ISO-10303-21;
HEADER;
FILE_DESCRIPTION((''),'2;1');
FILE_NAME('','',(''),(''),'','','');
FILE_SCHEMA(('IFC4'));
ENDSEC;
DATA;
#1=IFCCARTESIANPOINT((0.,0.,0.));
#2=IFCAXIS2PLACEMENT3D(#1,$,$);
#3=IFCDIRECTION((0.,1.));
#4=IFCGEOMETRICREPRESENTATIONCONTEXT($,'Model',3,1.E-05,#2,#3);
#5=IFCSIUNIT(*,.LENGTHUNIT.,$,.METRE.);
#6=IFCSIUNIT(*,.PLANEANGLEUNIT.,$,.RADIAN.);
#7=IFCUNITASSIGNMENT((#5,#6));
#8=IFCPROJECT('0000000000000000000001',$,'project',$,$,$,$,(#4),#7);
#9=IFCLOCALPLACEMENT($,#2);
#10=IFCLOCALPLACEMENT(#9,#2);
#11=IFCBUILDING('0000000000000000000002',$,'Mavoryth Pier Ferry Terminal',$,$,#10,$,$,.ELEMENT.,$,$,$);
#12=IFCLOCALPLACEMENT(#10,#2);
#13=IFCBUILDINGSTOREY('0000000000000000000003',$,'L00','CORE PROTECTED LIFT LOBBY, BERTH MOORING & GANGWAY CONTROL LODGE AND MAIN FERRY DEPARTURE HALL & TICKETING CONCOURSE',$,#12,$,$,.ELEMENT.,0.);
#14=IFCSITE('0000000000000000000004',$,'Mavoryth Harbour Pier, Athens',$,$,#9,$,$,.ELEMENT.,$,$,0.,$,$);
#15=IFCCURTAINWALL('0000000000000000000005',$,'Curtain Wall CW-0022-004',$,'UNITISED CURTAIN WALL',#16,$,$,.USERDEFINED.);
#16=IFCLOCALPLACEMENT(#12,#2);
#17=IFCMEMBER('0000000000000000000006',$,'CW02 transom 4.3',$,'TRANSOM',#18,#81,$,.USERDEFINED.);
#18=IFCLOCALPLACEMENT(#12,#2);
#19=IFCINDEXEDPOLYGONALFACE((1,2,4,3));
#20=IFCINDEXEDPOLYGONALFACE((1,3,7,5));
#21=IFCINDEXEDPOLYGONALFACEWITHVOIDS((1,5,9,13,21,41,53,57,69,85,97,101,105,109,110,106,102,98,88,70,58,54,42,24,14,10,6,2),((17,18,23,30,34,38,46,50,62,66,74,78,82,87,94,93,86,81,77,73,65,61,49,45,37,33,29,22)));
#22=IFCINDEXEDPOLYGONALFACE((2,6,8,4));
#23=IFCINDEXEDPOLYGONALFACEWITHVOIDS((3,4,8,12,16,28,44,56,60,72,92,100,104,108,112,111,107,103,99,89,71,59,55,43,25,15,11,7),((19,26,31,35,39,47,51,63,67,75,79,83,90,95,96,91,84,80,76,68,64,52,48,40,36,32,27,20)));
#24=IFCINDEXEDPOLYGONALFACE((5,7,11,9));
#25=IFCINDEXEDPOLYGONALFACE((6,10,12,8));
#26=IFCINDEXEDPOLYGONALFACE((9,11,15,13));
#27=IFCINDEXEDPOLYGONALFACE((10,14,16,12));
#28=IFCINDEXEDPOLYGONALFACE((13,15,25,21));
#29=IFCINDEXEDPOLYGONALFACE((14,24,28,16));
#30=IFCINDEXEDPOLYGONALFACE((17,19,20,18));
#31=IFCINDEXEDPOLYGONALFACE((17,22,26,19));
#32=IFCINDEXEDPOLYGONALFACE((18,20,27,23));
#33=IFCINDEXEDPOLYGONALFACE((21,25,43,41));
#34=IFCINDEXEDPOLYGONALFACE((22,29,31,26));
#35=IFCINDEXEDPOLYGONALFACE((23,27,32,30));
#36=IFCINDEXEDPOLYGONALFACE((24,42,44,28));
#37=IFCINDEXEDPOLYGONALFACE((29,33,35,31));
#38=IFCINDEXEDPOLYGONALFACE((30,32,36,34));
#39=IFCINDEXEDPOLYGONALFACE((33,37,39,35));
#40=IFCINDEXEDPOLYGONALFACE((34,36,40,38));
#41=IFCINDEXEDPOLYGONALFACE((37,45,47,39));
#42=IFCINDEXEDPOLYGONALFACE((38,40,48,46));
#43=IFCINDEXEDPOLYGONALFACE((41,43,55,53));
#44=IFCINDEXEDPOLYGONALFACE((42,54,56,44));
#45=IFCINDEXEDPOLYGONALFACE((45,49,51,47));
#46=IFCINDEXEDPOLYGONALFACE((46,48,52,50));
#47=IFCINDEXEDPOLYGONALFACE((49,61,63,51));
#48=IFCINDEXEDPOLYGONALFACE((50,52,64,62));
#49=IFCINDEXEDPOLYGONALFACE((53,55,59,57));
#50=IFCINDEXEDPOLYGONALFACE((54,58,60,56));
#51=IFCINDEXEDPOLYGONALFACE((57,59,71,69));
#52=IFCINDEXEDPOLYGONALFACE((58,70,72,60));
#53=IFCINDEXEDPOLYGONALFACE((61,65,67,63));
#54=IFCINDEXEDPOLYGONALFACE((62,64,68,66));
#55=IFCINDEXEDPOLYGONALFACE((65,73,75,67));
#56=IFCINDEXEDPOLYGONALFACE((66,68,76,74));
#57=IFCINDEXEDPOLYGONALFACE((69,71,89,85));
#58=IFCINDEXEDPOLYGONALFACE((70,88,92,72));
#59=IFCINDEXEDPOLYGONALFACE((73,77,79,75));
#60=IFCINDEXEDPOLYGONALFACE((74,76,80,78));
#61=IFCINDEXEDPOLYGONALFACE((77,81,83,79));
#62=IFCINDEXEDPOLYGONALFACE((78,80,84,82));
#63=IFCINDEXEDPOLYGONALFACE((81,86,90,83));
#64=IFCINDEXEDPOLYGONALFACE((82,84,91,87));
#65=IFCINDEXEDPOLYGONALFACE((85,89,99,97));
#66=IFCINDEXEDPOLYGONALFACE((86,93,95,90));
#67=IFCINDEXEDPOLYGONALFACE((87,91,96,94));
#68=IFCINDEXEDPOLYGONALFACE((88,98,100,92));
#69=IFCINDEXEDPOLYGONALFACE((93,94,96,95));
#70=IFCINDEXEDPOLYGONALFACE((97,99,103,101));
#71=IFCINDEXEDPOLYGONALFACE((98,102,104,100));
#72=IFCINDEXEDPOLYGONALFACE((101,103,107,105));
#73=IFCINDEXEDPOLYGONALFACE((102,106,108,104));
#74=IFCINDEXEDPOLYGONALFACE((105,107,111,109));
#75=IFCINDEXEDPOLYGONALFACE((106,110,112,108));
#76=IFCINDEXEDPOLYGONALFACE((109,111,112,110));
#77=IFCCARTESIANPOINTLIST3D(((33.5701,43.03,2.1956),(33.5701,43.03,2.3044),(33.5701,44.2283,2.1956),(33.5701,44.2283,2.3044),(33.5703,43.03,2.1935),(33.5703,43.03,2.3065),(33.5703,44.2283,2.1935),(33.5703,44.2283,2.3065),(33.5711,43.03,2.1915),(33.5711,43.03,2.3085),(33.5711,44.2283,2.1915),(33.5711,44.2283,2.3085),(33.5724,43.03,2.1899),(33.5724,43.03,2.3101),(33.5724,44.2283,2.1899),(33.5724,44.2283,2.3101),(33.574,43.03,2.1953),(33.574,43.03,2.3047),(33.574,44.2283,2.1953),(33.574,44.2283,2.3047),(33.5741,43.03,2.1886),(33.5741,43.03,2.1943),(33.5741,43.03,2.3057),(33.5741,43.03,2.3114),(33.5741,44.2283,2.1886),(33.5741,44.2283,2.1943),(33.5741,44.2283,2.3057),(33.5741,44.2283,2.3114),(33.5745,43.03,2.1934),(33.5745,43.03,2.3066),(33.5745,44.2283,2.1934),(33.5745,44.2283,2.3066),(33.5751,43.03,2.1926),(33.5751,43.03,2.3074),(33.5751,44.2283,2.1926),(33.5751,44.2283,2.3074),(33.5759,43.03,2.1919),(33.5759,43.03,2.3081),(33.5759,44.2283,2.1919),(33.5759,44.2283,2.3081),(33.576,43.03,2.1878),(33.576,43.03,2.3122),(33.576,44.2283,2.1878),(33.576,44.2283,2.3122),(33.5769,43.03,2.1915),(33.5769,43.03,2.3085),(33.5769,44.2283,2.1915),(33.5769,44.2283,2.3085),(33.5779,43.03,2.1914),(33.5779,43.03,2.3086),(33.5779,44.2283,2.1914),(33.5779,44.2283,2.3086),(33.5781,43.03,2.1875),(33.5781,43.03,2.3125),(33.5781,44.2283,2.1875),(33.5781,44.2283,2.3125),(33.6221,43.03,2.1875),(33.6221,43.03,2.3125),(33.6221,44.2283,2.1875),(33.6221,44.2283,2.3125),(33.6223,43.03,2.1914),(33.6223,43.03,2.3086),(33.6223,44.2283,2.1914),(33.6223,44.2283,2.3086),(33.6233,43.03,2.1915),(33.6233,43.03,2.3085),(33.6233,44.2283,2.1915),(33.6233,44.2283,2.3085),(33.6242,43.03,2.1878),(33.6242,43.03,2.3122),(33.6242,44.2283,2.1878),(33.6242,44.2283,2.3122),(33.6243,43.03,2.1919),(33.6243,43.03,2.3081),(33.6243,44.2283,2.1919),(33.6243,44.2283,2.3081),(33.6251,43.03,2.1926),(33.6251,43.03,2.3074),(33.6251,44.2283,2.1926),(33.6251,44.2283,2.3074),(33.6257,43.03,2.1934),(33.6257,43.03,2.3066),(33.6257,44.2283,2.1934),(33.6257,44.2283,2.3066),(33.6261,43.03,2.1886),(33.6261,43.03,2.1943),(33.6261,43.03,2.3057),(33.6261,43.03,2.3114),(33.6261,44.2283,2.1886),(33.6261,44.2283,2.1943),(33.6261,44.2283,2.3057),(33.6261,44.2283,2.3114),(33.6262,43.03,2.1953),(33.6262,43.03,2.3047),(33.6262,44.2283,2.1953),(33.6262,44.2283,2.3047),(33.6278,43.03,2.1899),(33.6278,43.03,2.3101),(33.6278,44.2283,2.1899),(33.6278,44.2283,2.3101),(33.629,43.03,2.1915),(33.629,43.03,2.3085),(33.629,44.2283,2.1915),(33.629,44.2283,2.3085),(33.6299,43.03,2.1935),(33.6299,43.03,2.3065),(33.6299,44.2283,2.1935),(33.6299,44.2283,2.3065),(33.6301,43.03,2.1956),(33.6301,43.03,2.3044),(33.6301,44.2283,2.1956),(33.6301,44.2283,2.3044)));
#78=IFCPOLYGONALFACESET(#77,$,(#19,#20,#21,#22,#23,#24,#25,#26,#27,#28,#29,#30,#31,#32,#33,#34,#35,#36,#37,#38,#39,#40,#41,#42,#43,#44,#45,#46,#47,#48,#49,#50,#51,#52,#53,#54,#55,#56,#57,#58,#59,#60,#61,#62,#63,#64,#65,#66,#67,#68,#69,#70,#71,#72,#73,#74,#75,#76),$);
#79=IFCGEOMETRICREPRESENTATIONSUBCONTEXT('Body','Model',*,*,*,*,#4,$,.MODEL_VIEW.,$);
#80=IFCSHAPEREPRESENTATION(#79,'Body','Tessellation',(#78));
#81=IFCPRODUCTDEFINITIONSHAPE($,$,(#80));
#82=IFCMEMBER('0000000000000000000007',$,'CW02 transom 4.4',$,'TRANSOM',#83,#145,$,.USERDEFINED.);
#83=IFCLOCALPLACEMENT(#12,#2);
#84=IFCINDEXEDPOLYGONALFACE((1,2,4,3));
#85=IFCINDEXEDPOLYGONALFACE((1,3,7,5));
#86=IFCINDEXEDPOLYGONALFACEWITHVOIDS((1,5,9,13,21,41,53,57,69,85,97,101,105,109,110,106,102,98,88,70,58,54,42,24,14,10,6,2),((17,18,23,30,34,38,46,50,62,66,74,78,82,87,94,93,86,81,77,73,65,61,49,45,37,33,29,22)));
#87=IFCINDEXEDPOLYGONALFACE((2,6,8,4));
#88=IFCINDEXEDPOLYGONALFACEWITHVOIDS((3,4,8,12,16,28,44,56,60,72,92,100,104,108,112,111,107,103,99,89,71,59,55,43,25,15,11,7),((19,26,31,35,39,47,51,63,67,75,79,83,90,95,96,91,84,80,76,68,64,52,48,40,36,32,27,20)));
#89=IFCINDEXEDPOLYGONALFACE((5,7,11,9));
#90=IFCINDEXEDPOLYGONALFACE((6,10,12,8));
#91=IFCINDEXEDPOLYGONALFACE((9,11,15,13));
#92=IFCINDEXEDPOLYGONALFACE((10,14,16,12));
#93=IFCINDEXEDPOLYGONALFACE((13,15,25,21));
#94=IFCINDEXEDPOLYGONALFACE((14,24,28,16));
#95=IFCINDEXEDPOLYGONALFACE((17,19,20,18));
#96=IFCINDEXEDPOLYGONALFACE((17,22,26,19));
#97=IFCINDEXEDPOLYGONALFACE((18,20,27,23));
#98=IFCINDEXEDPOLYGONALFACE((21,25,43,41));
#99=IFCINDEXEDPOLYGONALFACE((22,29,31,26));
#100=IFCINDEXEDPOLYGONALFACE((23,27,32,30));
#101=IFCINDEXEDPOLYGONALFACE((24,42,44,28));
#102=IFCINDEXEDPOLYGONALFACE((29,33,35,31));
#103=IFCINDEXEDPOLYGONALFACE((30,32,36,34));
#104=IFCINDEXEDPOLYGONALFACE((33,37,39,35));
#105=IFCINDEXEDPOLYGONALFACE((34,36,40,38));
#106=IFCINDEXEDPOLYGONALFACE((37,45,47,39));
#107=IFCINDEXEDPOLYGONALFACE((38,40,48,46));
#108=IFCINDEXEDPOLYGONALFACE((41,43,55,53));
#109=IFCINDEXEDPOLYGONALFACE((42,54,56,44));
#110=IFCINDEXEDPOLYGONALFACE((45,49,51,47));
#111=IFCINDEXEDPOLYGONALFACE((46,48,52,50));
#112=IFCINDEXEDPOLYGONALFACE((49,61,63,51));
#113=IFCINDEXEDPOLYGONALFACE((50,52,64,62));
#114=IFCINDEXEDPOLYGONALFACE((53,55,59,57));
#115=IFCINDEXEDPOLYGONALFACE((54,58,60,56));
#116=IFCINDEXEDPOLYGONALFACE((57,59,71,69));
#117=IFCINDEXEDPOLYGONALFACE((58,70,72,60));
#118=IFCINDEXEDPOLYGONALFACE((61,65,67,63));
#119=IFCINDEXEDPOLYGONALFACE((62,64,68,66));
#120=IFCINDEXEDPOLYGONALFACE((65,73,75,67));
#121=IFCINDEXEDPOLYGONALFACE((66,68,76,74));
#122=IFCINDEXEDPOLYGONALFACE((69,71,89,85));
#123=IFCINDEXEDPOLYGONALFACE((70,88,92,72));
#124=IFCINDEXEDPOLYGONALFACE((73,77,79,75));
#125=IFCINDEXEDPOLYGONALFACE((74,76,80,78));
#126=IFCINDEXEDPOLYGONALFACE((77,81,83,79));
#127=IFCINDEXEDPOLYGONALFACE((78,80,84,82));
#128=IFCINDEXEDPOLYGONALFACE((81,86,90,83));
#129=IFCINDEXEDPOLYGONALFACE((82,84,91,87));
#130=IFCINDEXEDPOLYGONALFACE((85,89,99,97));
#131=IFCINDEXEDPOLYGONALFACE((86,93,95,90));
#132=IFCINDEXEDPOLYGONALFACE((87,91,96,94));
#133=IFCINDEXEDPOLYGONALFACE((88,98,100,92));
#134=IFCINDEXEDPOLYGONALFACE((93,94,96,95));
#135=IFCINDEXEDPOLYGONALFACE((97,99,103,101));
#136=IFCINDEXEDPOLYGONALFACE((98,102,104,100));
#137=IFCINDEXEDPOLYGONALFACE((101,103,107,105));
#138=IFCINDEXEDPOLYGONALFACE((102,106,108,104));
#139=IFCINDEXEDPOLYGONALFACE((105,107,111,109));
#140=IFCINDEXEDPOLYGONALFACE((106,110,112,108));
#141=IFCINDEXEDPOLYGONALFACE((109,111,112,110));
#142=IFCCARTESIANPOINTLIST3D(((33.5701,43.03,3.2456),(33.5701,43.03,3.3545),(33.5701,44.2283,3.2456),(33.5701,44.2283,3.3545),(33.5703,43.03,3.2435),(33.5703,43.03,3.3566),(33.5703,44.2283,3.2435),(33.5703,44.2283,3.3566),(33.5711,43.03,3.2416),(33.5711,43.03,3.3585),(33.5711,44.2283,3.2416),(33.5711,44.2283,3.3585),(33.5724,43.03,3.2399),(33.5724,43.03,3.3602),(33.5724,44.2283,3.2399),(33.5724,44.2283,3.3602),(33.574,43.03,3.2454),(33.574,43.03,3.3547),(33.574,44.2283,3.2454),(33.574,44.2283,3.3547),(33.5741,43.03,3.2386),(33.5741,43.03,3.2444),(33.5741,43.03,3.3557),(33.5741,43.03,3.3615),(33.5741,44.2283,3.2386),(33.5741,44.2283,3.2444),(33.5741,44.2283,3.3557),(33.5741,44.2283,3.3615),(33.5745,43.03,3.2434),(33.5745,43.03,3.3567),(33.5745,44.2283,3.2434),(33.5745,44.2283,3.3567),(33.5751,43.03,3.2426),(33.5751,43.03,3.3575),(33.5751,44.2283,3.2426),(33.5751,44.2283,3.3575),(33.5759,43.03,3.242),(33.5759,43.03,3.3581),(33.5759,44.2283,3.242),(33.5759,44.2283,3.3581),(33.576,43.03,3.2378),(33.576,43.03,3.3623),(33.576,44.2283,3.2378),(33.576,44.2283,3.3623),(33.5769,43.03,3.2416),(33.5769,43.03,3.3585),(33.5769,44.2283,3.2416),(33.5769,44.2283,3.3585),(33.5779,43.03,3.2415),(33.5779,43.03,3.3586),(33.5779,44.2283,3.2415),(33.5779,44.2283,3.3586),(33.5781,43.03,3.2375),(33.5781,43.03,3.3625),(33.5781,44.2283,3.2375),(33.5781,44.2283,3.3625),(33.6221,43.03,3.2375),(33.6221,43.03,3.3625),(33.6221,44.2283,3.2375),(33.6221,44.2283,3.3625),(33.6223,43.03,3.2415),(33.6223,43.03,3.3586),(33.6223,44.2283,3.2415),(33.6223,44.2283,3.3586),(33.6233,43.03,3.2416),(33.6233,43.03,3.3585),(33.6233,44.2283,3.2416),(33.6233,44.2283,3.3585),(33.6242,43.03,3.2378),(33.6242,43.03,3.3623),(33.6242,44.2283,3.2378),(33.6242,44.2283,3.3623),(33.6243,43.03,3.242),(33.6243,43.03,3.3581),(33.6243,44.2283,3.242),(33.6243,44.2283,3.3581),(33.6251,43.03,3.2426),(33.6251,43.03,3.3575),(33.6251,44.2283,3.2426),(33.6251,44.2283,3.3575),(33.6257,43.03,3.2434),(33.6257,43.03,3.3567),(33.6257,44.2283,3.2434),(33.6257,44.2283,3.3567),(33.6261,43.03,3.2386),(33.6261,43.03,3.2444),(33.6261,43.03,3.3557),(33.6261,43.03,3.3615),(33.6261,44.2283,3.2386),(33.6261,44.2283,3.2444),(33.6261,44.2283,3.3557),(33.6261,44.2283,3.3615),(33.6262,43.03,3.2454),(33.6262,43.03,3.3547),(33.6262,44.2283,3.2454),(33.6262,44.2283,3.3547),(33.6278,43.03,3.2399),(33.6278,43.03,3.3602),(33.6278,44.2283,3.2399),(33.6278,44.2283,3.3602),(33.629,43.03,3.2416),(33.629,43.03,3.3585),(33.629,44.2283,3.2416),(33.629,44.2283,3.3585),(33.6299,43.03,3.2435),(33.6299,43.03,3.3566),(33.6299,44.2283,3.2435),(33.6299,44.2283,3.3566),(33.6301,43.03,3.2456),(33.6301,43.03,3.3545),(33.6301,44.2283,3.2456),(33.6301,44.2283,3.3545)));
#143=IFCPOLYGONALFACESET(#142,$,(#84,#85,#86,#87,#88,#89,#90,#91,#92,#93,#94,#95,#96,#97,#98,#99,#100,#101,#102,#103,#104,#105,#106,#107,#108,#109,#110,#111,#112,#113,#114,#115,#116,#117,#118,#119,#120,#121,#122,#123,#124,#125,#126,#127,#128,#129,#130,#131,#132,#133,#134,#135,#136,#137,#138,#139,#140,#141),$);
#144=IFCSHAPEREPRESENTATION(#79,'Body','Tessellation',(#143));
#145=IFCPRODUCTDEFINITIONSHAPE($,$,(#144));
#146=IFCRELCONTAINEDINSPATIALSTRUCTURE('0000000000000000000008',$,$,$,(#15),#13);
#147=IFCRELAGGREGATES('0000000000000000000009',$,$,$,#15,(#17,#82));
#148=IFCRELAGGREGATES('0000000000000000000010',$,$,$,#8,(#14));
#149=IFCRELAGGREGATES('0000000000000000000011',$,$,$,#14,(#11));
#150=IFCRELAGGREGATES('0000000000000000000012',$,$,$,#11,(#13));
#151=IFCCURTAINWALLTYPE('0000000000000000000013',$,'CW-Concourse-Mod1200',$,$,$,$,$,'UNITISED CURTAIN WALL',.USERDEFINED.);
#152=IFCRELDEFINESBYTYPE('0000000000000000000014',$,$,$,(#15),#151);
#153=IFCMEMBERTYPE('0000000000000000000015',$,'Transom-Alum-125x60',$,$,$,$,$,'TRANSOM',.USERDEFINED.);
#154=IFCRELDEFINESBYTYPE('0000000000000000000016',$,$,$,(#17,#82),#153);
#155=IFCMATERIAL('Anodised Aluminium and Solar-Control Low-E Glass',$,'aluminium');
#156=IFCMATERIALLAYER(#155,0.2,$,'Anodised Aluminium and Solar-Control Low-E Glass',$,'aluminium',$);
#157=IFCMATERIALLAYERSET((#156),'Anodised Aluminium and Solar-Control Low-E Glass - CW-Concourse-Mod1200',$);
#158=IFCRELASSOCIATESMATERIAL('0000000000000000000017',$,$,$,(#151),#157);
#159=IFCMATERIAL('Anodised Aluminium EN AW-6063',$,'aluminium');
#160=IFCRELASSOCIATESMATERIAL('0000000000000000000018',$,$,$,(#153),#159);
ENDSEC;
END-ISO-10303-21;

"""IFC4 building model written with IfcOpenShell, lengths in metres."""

from ifc_helpers import new_model, si_unit, direction, frame, origin, origin_2d, place, context, subcontext, project, spatial, hollow_rectangle, extrude, material, layer, layer_set, material_profile, profile_set, type_object, element, aggregate, save


model = new_model("IFC4")

# Units and contexts
model_context = context("Model", 3, precision=1e-05, world=origin(), true_north=direction((0.0, 1.0)))
body_context = subcontext(model_context, "Body", "Model", "MODEL_VIEW")
ifc_project = project(units=[si_unit("LENGTHUNIT", "METRE"), si_unit("PLANEANGLEUNIT", "RADIAN")], contexts=[model_context])

# Site, building, storey
site_placement = place(None, origin())
site = spatial("IfcSite", under=ifc_project, at=site_placement, Name="Mavoryth Harbour Pier, Athens", CompositionType="ELEMENT", RefElevation=0.0)
building_placement = place(site_placement, origin())
building = spatial("IfcBuilding", under=site, at=building_placement, Name="Mavoryth Pier Ferry Terminal", CompositionType="ELEMENT")
storey_placement = place(building_placement, origin())
storey = spatial("IfcBuildingStorey", under=building, at=storey_placement, Name="L00", Description="CORE PROTECTED LIFT LOBBY, BERTH MOORING & GANGWAY CONTROL LODGE AND MAIN FERRY DEPARTURE HALL & TICKETING CONCOURSE", CompositionType="ELEMENT", Elevation=0.0)

# Curtain wall, members
ifc_material_1 = material(Name="Anodised Aluminium and Solar-Control Low-E Glass", Category="aluminium")
ifc_layer_1 = layer(ifc_material_1, 0.2, Name="Anodised Aluminium and Solar-Control Low-E Glass", Category="aluminium")
ifc_layer_set_1 = layer_set([ifc_layer_1], Name="Anodised Aluminium and Solar-Control Low-E Glass - CW-Concourse-Mod1200")
curtain_wall_type = type_object("IfcCurtainWallType", Name="CW-Concourse-Mod1200", ElementType="UNITISED CURTAIN WALL", PredefinedType="USERDEFINED", material=ifc_layer_set_1)
curtain_wall_placement = place(storey_placement, origin())
curtain_wall = element("IfcCurtainWall", 1, at=curtain_wall_placement, inside=storey, type_object=curtain_wall_type, Name="Curtain Wall CW-0022-004", ObjectType="UNITISED CURTAIN WALL", PredefinedType="USERDEFINED")
ifc_material_2 = material(Name="Anodised Aluminium EN AW-6063", Category="aluminium")
ifc_material_profile_1 = material_profile(ifc_material_2, hollow_rectangle(XDim=0.0601, YDim=0.125, WallThickness=0.0039, InnerFilletRadius=0.0039, OuterFilletRadius=0.0081, at=origin_2d()), Name="AL-TRAN 125x60x4", Category="aluminium")
ifc_profile_set_1 = profile_set([ifc_material_profile_1], Name="Anodised Aluminium EN AW-6063 - AL-TRAN 125x60x4")
member_type_1 = type_object("IfcMemberType", Name="Transom-Alum-125x60", ElementType="TRANSOM", PredefinedType="USERDEFINED", material=ifc_profile_set_1)
member_1_placement = place(storey_placement, frame((33.6001, 43.03, 2.25), z_axis=(0.0, 1.0, 0.0), x_axis=(-1.0, 0.0, 0.0)))
member_1 = element("IfcMember", 2, at=member_1_placement, type_object=member_type_1, Name="CW02 transom 4.3", ObjectType="TRANSOM", PredefinedType="USERDEFINED", context=body_context, shape_type="SweptSolid", body=[
    extrude(hollow_rectangle(XDim=0.0601, YDim=0.125, WallThickness=0.0039, InnerFilletRadius=0.0039, OuterFilletRadius=0.0081, at=origin_2d()), origin(), (0.0, 0.0, 1.0), 1.1982),
])
member_2_placement = place(storey_placement, frame((33.6001, 43.03, 3.3), z_axis=(0.0, 1.0, 0.0), x_axis=(-1.0, 0.0, 0.0)))
member_2 = element("IfcMember", 3, at=member_2_placement, type_object=member_type_1, Name="CW02 transom 4.4", ObjectType="TRANSOM", PredefinedType="USERDEFINED", context=body_context, shape_type="SweptSolid", body=[
    extrude(hollow_rectangle(XDim=0.0601, YDim=0.125, WallThickness=0.0039, InnerFilletRadius=0.0039, OuterFilletRadius=0.0081, at=origin_2d()), origin(), (0.0, 0.0, 1.0), 1.1982),
])
aggregate(curtain_wall, [member_1, member_2])

save(model, "model.ifc")
